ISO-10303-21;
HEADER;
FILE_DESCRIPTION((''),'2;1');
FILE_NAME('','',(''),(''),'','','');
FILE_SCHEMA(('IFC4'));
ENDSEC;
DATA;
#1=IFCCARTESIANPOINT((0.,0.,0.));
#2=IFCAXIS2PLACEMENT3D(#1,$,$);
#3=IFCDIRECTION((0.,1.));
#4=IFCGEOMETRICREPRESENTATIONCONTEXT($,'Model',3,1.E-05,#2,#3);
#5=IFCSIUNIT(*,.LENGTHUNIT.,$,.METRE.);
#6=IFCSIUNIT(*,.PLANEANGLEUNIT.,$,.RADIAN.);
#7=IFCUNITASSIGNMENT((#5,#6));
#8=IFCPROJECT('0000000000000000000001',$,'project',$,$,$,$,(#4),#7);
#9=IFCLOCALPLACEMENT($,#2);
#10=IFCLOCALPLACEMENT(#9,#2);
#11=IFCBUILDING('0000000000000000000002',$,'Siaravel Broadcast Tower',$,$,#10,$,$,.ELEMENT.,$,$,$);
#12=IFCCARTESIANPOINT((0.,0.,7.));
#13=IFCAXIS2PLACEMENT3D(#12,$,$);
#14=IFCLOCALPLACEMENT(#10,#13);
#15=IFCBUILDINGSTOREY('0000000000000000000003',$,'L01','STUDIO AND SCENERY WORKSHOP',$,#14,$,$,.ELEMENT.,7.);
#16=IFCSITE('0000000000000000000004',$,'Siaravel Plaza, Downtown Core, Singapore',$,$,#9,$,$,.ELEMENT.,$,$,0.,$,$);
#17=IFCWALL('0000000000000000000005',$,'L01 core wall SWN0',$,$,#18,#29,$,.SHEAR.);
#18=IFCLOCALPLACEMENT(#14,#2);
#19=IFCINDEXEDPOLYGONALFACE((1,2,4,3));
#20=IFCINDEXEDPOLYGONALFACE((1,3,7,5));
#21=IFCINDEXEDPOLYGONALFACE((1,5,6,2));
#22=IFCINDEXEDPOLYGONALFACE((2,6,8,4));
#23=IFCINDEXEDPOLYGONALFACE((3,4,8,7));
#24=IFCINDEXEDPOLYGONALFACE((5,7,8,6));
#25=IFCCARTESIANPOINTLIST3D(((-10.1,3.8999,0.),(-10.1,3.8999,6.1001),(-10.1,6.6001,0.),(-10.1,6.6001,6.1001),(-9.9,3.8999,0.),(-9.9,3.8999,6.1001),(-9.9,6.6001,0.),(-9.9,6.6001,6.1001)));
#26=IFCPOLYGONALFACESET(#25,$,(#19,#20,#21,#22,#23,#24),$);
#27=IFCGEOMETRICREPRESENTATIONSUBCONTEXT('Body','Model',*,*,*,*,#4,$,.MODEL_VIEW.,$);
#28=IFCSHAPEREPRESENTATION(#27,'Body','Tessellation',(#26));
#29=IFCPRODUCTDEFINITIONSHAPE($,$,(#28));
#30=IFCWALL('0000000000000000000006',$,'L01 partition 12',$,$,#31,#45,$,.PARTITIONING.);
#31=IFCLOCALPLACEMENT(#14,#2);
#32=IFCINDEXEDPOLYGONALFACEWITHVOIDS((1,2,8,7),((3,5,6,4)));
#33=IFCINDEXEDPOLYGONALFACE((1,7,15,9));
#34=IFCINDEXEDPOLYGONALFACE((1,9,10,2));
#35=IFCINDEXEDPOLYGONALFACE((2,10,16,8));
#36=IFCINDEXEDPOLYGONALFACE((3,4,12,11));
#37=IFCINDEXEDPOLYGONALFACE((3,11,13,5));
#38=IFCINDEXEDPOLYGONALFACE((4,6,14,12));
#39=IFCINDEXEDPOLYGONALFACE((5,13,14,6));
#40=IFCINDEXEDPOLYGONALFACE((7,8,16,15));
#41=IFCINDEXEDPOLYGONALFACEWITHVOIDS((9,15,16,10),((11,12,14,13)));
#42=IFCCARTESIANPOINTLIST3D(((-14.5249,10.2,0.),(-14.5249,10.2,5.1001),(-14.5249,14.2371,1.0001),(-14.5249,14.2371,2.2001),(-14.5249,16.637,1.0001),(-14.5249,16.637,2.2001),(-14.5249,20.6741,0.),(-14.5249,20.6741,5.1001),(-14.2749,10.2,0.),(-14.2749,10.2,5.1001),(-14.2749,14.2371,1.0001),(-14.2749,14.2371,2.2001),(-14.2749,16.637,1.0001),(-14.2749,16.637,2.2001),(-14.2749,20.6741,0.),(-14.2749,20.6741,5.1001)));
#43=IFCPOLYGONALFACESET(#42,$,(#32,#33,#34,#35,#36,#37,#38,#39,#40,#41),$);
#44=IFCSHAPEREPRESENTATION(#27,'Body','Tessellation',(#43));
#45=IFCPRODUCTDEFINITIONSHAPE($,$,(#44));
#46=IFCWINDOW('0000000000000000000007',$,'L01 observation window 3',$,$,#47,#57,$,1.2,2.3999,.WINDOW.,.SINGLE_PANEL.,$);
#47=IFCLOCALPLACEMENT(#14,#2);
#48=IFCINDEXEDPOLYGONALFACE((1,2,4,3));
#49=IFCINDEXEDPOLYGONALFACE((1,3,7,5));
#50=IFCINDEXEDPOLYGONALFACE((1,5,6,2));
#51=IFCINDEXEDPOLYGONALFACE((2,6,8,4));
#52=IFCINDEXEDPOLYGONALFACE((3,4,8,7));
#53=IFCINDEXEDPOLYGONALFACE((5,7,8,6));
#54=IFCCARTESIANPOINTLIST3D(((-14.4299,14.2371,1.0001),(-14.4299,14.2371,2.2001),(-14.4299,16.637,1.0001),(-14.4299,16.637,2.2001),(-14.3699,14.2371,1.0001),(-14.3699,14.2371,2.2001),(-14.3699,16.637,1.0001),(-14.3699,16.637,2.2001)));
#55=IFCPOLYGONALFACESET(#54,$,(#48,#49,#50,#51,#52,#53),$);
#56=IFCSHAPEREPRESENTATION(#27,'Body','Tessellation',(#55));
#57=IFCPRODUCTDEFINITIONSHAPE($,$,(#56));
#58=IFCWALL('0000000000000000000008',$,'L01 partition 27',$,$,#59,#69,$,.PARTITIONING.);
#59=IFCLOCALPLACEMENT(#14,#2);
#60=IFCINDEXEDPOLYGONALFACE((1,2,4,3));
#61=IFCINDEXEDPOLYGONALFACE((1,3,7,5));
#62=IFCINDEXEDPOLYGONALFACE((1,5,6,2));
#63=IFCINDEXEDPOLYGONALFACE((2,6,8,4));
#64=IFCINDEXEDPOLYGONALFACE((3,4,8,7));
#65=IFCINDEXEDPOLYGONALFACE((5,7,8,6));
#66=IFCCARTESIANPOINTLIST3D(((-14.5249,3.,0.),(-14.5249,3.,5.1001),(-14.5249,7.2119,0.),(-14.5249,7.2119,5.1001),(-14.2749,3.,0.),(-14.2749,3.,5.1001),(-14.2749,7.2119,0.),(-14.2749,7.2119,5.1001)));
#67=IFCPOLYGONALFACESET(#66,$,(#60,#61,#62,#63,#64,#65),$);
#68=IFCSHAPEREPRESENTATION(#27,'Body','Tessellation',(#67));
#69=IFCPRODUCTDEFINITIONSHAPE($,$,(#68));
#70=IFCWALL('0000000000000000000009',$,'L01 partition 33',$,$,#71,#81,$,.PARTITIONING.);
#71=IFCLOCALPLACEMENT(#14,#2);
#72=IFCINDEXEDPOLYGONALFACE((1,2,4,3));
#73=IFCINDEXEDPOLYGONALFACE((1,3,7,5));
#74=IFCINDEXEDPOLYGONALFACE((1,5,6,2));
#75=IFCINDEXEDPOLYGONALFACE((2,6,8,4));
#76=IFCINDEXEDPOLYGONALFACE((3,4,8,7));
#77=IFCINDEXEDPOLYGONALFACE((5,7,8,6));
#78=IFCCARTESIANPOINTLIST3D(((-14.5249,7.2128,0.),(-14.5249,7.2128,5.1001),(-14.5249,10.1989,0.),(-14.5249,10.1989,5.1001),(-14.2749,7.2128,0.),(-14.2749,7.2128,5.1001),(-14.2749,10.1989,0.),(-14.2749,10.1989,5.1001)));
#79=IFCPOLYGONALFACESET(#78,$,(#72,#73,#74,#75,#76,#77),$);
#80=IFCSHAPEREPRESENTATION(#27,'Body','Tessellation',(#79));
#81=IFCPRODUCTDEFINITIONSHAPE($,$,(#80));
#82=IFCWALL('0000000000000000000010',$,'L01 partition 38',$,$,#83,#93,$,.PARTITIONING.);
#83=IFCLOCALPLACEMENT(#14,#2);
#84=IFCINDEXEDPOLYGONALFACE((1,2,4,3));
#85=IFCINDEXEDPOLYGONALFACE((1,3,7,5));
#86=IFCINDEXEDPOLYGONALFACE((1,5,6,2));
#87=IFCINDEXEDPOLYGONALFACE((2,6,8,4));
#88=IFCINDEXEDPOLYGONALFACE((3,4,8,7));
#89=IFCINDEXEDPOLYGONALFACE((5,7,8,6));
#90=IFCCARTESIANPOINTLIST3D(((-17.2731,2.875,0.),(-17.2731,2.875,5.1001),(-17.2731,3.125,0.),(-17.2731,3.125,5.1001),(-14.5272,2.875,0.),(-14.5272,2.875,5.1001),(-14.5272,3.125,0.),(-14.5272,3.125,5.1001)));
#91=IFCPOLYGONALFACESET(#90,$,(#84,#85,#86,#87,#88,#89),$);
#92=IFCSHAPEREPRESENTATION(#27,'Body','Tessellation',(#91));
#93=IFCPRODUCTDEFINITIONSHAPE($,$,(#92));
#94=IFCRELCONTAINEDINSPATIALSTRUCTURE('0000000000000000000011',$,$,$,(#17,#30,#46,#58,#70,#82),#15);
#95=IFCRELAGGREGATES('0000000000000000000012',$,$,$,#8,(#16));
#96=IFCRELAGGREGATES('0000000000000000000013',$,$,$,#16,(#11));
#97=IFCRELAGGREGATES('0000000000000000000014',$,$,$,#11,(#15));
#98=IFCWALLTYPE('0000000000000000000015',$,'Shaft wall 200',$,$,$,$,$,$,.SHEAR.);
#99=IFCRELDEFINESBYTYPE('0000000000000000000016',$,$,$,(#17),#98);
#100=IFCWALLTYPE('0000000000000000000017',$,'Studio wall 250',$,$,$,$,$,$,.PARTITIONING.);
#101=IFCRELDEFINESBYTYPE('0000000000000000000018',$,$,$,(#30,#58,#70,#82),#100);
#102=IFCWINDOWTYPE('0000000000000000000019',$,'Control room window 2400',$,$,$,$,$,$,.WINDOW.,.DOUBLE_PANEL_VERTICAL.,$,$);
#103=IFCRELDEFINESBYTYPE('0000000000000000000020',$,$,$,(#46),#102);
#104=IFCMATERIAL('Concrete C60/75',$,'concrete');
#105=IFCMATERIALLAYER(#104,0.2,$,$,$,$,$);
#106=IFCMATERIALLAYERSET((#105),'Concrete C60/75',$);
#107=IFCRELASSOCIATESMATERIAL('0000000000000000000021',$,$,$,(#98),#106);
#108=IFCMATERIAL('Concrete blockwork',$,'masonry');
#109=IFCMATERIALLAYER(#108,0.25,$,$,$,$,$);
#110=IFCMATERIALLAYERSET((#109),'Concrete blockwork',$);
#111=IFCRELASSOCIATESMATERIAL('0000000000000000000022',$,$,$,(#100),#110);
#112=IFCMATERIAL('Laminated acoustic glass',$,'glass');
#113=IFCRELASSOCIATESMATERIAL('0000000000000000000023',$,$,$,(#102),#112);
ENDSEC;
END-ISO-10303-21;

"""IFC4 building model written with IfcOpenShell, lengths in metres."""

from ifc_helpers import new_model, si_unit, direction, frame, frame_2d, origin, place, context, subcontext, project, spatial, rectangle, extrude, material, layer, layer_set, type_object, element, fill, save


model = new_model("IFC4")

# Units and contexts
model_context = context("Model", 3, precision=1e-05, world=origin(), true_north=direction((0.0, 1.0)))
body_context = subcontext(model_context, "Body", "Model", "MODEL_VIEW")
ifc_project = project(units=[si_unit("LENGTHUNIT", "METRE"), si_unit("PLANEANGLEUNIT", "RADIAN")], contexts=[model_context])

# Site, building, storey
site_placement = place(None, origin())
site = spatial("IfcSite", under=ifc_project, at=site_placement, Name="Siaravel Plaza, Downtown Core, Singapore", CompositionType="ELEMENT", RefElevation=0.0)
building_placement = place(site_placement, origin())
building = spatial("IfcBuilding", under=site, at=building_placement, Name="Siaravel Broadcast Tower", CompositionType="ELEMENT")
storey_placement = place(building_placement, frame((0.0, 0.0, 7.0)))
storey = spatial("IfcBuildingStorey", under=building, at=storey_placement, Name="L01", Description="STUDIO AND SCENERY WORKSHOP", CompositionType="ELEMENT", Elevation=7.0)

# Shared definitions
ifc_material_1 = material(Name="Concrete C60/75", Category="concrete")

# Wall
ifc_layer_1 = layer(ifc_material_1, 0.2)
ifc_layer_set_1 = layer_set([ifc_layer_1], Name="Concrete C60/75")
wall_type_1 = type_object("IfcWallType", Name="Shaft wall 200", PredefinedType="SHEAR", material=ifc_layer_set_1)
wall_1_placement = place(storey_placement, frame((-10.0, 3.8999, 0.0), z_axis=(0.0, 0.0, 1.0), x_axis=(0.0, 1.0, 0.0)))
element("IfcWall", 1, at=wall_1_placement, inside=storey, type_object=wall_type_1, Name="L01 core wall SWN0", PredefinedType="SHEAR", context=body_context, shape_type="SweptSolid", body=[
    extrude(rectangle(XDim=2.7002, YDim=0.2, at=frame_2d((1.3501, 0.0))), origin(), (0.0, 0.0, 1.0), 6.1001),
])

# Wall, opening, window
ifc_material_2 = material(Name="Concrete blockwork", Category="masonry")
ifc_layer_2 = layer(ifc_material_2, 0.25)
ifc_layer_set_2 = layer_set([ifc_layer_2], Name="Concrete blockwork")
wall_type_2 = type_object("IfcWallType", Name="Studio wall 250", PredefinedType="PARTITIONING", material=ifc_layer_set_2)
wall_2_placement = place(storey_placement, frame((-14.3999, 10.2, 0.0), z_axis=(0.0, 0.0, 1.0), x_axis=(0.0, 1.0, 0.0)))
wall_2 = element("IfcWall", 2, at=wall_2_placement, inside=storey, type_object=wall_type_2, Name="L01 partition 12", PredefinedType="PARTITIONING", context=body_context, shape_type="SweptSolid", body=[
    extrude(rectangle(XDim=10.4741, YDim=0.25, at=frame_2d((5.2371, 0.0))), origin(), (0.0, 0.0, 1.0), 5.1001),
])
opening_1_placement = place(wall_2_placement, frame((4.0371, 0.0, 1.0)))
opening_1 = element("IfcOpeningElement", 3, at=opening_1_placement, cuts=wall_2, PredefinedType="OPENING", context=body_context, shape_type="SweptSolid", body=[
    extrude(rectangle(XDim=2.3999, YDim=1.2, at=frame_2d((1.2, 0.6001))), frame((0.0, 0.135, 0.0), z_axis=(0.0, -1.0, 0.0), x_axis=(1.0, 0.0, 0.0)), (0.0, 0.0, 1.0), 0.27),
])
ifc_material_3 = material(Name="Laminated acoustic glass", Category="glass")
window_type = type_object("IfcWindowType", Name="Control room window 2400", PartitioningType="DOUBLE_PANEL_VERTICAL", PredefinedType="WINDOW", material=ifc_material_3)
window_placement = place(opening_1_placement, origin())
window = element("IfcWindow", 4, at=window_placement, inside=storey, type_object=window_type, Name="L01 observation window 3", OverallHeight=1.2, OverallWidth=2.3999, PartitioningType="SINGLE_PANEL", PredefinedType="WINDOW", context=body_context, shape_type="SweptSolid", body=[
    extrude(rectangle(XDim=2.3999, YDim=1.2, at=frame_2d((1.2, 0.6001))), frame((0.0, 0.03, 0.0), z_axis=(0.0, -1.0, 0.0), x_axis=(1.0, 0.0, 0.0)), (0.0, 0.0, 1.0), 0.0601),
])
fill(opening_1, window)

# Walls
wall_3_placement = place(storey_placement, frame((-14.3999, 7.2119, 0.0), z_axis=(0.0, 0.0, 1.0), x_axis=(0.0, -1.0, 0.0)))
element("IfcWall", 5, at=wall_3_placement, inside=storey, type_object=wall_type_2, Name="L01 partition 27", PredefinedType="PARTITIONING", context=body_context, shape_type="SweptSolid", body=[
    extrude(rectangle(XDim=4.2119, YDim=0.25, at=frame_2d((2.106, 0.0))), origin(), (0.0, 0.0, 1.0), 5.1001),
])
wall_4_placement = place(storey_placement, frame((-14.3999, 10.199, 0.0), z_axis=(0.0, 0.0, 1.0), x_axis=(0.0, -1.0, 0.0)))
element("IfcWall", 6, at=wall_4_placement, inside=storey, type_object=wall_type_2, Name="L01 partition 33", PredefinedType="PARTITIONING", context=body_context, shape_type="SweptSolid", body=[
    extrude(rectangle(XDim=2.9861, YDim=0.25, at=frame_2d((1.4932, 0.0))), origin(), (0.0, 0.0, 1.0), 5.1001),
])
wall_5_placement = place(storey_placement, frame((-14.5271, 3.0, 0.0), z_axis=(0.0, 0.0, 1.0), x_axis=(-1.0, 0.0, 0.0)))
element("IfcWall", 7, at=wall_5_placement, inside=storey, type_object=wall_type_2, Name="L01 partition 38", PredefinedType="PARTITIONING", context=body_context, shape_type="SweptSolid", body=[
    extrude(rectangle(XDim=2.7458, YDim=0.25, at=frame_2d((1.373, 0.0))), origin(), (0.0, 0.0, 1.0), 5.1001),
])

save(model, "model.ifc")
